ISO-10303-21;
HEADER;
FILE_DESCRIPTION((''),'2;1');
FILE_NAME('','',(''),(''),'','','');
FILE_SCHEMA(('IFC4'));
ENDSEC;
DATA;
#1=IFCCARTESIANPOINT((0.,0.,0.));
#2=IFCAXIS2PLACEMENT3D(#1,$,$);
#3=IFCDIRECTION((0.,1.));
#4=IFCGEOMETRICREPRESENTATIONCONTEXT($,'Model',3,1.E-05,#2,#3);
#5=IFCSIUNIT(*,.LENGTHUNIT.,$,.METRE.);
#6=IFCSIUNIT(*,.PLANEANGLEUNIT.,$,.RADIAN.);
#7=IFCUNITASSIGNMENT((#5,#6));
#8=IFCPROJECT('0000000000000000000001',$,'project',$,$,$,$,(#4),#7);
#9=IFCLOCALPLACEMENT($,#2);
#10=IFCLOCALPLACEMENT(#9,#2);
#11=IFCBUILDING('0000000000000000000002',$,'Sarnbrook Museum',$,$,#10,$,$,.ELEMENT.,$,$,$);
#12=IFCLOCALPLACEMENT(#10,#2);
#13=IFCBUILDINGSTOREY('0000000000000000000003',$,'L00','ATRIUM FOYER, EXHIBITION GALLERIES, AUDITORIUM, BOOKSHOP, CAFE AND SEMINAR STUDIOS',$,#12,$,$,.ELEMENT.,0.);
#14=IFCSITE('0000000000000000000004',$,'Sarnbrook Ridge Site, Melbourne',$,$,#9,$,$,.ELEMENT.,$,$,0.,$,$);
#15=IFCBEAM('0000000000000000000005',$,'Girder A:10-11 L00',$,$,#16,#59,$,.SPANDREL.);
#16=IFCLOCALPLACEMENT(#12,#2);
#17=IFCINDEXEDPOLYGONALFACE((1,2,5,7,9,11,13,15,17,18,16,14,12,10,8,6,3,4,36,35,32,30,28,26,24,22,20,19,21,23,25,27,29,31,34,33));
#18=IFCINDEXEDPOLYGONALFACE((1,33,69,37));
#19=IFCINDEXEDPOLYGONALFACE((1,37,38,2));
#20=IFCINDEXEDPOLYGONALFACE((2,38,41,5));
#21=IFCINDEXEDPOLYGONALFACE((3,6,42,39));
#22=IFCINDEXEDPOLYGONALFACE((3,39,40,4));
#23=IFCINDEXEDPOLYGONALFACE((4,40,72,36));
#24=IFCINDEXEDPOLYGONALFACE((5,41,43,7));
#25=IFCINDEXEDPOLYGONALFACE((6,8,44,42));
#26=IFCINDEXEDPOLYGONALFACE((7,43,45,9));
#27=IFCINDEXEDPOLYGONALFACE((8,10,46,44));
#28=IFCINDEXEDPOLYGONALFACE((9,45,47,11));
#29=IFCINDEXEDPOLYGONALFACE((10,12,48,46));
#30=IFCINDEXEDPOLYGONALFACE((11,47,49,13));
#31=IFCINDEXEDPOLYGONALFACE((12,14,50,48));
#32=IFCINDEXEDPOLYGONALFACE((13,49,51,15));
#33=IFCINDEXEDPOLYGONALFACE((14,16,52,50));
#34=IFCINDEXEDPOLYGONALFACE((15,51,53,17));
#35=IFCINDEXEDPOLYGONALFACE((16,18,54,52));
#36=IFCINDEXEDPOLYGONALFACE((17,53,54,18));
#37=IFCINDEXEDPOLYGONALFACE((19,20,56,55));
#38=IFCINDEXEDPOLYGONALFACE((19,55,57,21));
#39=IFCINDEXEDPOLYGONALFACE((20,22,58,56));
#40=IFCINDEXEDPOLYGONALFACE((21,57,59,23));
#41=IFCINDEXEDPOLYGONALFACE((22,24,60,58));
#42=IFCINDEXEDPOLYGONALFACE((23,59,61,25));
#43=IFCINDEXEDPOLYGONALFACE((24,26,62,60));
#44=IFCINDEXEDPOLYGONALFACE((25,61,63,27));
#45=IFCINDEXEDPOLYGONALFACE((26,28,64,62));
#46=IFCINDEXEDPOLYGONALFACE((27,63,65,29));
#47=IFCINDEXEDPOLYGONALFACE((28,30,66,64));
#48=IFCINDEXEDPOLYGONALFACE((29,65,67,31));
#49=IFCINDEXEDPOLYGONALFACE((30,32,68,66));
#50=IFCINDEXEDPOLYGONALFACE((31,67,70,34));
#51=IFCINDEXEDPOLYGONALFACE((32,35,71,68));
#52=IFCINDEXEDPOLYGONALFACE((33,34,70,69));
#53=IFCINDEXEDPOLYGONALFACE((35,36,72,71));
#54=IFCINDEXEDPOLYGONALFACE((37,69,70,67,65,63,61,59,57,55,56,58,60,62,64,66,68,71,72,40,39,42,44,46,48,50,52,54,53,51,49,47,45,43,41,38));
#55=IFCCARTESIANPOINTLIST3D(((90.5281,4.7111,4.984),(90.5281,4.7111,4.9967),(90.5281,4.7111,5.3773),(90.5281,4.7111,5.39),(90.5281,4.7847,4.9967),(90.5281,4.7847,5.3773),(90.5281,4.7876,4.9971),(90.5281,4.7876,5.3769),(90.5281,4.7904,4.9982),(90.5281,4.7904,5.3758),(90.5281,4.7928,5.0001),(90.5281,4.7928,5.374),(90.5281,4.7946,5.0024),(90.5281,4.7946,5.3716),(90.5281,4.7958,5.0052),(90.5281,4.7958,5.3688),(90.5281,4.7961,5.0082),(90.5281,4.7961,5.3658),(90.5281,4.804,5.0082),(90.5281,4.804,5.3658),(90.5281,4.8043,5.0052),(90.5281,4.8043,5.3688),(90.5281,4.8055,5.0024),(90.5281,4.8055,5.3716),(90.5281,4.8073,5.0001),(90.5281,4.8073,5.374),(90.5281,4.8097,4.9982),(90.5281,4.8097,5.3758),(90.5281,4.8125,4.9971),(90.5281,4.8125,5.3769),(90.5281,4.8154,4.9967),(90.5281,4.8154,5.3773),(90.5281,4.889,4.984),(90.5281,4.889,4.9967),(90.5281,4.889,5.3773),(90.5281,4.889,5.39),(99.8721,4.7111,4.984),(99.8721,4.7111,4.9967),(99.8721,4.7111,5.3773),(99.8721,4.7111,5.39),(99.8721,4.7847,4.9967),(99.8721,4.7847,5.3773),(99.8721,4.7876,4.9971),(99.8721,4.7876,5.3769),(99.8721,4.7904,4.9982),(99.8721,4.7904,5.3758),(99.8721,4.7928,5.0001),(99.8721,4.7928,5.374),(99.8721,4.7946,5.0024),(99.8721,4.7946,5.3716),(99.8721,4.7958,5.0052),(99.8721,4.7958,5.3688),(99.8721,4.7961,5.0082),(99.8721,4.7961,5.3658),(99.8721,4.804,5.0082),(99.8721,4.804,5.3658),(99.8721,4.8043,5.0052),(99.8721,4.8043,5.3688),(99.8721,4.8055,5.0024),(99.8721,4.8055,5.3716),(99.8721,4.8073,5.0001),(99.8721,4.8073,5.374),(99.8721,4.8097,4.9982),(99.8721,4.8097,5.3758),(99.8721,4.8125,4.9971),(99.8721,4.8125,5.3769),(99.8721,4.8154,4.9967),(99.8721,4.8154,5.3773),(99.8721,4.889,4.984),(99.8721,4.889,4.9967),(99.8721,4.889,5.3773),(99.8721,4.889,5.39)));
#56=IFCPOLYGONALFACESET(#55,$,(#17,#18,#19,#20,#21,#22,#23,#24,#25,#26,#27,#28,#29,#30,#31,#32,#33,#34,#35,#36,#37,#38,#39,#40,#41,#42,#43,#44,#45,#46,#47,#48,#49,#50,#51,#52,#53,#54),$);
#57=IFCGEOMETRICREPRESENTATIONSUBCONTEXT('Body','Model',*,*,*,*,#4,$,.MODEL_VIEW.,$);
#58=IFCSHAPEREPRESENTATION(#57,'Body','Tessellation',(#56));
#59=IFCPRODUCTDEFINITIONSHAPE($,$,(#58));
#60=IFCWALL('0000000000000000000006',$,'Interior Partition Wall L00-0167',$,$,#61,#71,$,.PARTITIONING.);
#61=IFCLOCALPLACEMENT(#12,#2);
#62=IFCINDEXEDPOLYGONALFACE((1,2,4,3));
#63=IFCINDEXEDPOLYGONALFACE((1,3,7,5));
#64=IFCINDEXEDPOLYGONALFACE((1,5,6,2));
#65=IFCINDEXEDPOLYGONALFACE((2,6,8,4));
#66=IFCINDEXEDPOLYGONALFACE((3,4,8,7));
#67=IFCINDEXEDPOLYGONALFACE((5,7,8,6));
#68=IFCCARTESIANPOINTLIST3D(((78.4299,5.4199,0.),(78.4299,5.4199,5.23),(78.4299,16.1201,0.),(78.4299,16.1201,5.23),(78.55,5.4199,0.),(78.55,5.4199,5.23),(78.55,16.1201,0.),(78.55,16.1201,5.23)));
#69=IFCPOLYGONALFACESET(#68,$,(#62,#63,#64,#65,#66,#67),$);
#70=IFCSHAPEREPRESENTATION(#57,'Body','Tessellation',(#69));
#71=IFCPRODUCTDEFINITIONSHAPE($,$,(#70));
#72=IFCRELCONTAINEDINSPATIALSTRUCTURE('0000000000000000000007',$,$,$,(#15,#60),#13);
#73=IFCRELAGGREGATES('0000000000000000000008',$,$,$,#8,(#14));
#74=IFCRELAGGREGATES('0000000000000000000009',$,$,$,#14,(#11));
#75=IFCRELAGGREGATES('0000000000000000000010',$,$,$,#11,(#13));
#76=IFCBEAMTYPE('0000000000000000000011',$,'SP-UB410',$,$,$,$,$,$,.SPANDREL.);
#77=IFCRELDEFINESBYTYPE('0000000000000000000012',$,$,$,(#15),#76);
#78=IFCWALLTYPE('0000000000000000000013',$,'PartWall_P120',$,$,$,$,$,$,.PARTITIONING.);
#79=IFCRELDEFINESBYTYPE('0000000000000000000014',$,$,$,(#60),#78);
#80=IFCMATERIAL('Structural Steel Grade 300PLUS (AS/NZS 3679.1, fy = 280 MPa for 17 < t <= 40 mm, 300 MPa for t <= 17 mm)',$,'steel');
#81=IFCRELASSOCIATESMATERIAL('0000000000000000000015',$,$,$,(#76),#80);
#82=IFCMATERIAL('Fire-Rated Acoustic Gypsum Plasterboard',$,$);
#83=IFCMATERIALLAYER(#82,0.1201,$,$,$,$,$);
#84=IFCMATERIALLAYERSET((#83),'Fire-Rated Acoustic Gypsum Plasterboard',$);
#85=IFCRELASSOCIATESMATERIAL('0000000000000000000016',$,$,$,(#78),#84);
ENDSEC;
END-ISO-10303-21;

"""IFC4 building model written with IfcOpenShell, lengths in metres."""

from ifc_helpers import new_model, si_unit, direction, frame, frame_2d, origin, origin_2d, place, context, subcontext, project, spatial, rectangle, i_section, extrude, material, layer, layer_set, material_profile, profile_set, type_object, element, save


model = new_model("IFC4")

# Units and contexts
model_context = context("Model", 3, precision=1e-05, world=origin(), true_north=direction((0.0, 1.0)))
body_context = subcontext(model_context, "Body", "Model", "MODEL_VIEW")
ifc_project = project(units=[si_unit("LENGTHUNIT", "METRE"), si_unit("PLANEANGLEUNIT", "RADIAN")], contexts=[model_context])

# Site, building, storey
site_placement = place(None, origin())
site = spatial("IfcSite", under=ifc_project, at=site_placement, Name="Sarnbrook Ridge Site, Melbourne", CompositionType="ELEMENT", RefElevation=0.0)
building_placement = place(site_placement, origin())
building = spatial("IfcBuilding", under=site, at=building_placement, Name="Sarnbrook Museum", CompositionType="ELEMENT")
storey_placement = place(building_placement, origin())
storey = spatial("IfcBuildingStorey", under=building, at=storey_placement, Name="L00", Description="ATRIUM FOYER, EXHIBITION GALLERIES, AUDITORIUM, BOOKSHOP, CAFE AND SEMINAR STUDIOS", CompositionType="ELEMENT", Elevation=0.0)

# Shared definitions
ifc_material_1 = material(Name="Structural Steel Grade 300PLUS (AS/NZS 3679.1, fy = 280 MPa for 17 < t <= 40 mm, 300 MPa for t <= 17 mm)", Category="steel")

# Beam
ifc_material_profile_1 = material_profile(ifc_material_1, i_section(OverallWidth=0.178, OverallDepth=0.406, WebThickness=0.0078, FlangeThickness=0.0127, FilletRadius=0.0115, at=origin_2d()), Name="410UB59.7")
ifc_profile_set_1 = profile_set([ifc_material_profile_1], Name="Structural Steel Grade 300PLUS (AS/NZS 3679.1, fy = 280 MPa for 17 < t <= 40 mm, 300 MPa for t <= 17 mm)")
beam_type_1 = type_object("IfcBeamType", Name="SP-UB410", PredefinedType="SPANDREL", material=ifc_profile_set_1)
beam_1_placement = place(storey_placement, frame((90.5281, 4.8, 5.187), z_axis=(1.0, 0.0, 0.0), x_axis=(0.0, 1.0, 0.0)))
element("IfcBeam", 1, at=beam_1_placement, inside=storey, type_object=beam_type_1, Name="Girder A:10-11 L00", PredefinedType="SPANDREL", context=body_context, shape_type="SweptSolid", body=[
    extrude(i_section(OverallWidth=0.178, OverallDepth=0.406, WebThickness=0.0078, FlangeThickness=0.0127, FilletRadius=0.0115, at=origin_2d()), origin(), (0.0, 0.0, 1.0), 9.344),
])

# Wall
ifc_material_2 = material(Name="Fire-Rated Acoustic Gypsum Plasterboard")
ifc_layer_1 = layer(ifc_material_2, 0.1201)
ifc_layer_set_1 = layer_set([ifc_layer_1], Name="Fire-Rated Acoustic Gypsum Plasterboard")
wall_type_1 = type_object("IfcWallType", Name="PartWall_P120", PredefinedType="PARTITIONING", material=ifc_layer_set_1)
wall_1_placement = place(storey_placement, frame((78.49, 5.4199, 0.0), z_axis=(0.0, 0.0, 1.0), x_axis=(0.0, 1.0, 0.0)))
element("IfcWall", 2, at=wall_1_placement, inside=storey, type_object=wall_type_1, Name="Interior Partition Wall L00-0167", PredefinedType="PARTITIONING", context=body_context, shape_type="SweptSolid", body=[
    extrude(rectangle(XDim=10.7002, YDim=0.1201, at=frame_2d((5.3501, 0.0))), origin(), (0.0, 0.0, 1.0), 5.23),
])

save(model, "model.ifc")
